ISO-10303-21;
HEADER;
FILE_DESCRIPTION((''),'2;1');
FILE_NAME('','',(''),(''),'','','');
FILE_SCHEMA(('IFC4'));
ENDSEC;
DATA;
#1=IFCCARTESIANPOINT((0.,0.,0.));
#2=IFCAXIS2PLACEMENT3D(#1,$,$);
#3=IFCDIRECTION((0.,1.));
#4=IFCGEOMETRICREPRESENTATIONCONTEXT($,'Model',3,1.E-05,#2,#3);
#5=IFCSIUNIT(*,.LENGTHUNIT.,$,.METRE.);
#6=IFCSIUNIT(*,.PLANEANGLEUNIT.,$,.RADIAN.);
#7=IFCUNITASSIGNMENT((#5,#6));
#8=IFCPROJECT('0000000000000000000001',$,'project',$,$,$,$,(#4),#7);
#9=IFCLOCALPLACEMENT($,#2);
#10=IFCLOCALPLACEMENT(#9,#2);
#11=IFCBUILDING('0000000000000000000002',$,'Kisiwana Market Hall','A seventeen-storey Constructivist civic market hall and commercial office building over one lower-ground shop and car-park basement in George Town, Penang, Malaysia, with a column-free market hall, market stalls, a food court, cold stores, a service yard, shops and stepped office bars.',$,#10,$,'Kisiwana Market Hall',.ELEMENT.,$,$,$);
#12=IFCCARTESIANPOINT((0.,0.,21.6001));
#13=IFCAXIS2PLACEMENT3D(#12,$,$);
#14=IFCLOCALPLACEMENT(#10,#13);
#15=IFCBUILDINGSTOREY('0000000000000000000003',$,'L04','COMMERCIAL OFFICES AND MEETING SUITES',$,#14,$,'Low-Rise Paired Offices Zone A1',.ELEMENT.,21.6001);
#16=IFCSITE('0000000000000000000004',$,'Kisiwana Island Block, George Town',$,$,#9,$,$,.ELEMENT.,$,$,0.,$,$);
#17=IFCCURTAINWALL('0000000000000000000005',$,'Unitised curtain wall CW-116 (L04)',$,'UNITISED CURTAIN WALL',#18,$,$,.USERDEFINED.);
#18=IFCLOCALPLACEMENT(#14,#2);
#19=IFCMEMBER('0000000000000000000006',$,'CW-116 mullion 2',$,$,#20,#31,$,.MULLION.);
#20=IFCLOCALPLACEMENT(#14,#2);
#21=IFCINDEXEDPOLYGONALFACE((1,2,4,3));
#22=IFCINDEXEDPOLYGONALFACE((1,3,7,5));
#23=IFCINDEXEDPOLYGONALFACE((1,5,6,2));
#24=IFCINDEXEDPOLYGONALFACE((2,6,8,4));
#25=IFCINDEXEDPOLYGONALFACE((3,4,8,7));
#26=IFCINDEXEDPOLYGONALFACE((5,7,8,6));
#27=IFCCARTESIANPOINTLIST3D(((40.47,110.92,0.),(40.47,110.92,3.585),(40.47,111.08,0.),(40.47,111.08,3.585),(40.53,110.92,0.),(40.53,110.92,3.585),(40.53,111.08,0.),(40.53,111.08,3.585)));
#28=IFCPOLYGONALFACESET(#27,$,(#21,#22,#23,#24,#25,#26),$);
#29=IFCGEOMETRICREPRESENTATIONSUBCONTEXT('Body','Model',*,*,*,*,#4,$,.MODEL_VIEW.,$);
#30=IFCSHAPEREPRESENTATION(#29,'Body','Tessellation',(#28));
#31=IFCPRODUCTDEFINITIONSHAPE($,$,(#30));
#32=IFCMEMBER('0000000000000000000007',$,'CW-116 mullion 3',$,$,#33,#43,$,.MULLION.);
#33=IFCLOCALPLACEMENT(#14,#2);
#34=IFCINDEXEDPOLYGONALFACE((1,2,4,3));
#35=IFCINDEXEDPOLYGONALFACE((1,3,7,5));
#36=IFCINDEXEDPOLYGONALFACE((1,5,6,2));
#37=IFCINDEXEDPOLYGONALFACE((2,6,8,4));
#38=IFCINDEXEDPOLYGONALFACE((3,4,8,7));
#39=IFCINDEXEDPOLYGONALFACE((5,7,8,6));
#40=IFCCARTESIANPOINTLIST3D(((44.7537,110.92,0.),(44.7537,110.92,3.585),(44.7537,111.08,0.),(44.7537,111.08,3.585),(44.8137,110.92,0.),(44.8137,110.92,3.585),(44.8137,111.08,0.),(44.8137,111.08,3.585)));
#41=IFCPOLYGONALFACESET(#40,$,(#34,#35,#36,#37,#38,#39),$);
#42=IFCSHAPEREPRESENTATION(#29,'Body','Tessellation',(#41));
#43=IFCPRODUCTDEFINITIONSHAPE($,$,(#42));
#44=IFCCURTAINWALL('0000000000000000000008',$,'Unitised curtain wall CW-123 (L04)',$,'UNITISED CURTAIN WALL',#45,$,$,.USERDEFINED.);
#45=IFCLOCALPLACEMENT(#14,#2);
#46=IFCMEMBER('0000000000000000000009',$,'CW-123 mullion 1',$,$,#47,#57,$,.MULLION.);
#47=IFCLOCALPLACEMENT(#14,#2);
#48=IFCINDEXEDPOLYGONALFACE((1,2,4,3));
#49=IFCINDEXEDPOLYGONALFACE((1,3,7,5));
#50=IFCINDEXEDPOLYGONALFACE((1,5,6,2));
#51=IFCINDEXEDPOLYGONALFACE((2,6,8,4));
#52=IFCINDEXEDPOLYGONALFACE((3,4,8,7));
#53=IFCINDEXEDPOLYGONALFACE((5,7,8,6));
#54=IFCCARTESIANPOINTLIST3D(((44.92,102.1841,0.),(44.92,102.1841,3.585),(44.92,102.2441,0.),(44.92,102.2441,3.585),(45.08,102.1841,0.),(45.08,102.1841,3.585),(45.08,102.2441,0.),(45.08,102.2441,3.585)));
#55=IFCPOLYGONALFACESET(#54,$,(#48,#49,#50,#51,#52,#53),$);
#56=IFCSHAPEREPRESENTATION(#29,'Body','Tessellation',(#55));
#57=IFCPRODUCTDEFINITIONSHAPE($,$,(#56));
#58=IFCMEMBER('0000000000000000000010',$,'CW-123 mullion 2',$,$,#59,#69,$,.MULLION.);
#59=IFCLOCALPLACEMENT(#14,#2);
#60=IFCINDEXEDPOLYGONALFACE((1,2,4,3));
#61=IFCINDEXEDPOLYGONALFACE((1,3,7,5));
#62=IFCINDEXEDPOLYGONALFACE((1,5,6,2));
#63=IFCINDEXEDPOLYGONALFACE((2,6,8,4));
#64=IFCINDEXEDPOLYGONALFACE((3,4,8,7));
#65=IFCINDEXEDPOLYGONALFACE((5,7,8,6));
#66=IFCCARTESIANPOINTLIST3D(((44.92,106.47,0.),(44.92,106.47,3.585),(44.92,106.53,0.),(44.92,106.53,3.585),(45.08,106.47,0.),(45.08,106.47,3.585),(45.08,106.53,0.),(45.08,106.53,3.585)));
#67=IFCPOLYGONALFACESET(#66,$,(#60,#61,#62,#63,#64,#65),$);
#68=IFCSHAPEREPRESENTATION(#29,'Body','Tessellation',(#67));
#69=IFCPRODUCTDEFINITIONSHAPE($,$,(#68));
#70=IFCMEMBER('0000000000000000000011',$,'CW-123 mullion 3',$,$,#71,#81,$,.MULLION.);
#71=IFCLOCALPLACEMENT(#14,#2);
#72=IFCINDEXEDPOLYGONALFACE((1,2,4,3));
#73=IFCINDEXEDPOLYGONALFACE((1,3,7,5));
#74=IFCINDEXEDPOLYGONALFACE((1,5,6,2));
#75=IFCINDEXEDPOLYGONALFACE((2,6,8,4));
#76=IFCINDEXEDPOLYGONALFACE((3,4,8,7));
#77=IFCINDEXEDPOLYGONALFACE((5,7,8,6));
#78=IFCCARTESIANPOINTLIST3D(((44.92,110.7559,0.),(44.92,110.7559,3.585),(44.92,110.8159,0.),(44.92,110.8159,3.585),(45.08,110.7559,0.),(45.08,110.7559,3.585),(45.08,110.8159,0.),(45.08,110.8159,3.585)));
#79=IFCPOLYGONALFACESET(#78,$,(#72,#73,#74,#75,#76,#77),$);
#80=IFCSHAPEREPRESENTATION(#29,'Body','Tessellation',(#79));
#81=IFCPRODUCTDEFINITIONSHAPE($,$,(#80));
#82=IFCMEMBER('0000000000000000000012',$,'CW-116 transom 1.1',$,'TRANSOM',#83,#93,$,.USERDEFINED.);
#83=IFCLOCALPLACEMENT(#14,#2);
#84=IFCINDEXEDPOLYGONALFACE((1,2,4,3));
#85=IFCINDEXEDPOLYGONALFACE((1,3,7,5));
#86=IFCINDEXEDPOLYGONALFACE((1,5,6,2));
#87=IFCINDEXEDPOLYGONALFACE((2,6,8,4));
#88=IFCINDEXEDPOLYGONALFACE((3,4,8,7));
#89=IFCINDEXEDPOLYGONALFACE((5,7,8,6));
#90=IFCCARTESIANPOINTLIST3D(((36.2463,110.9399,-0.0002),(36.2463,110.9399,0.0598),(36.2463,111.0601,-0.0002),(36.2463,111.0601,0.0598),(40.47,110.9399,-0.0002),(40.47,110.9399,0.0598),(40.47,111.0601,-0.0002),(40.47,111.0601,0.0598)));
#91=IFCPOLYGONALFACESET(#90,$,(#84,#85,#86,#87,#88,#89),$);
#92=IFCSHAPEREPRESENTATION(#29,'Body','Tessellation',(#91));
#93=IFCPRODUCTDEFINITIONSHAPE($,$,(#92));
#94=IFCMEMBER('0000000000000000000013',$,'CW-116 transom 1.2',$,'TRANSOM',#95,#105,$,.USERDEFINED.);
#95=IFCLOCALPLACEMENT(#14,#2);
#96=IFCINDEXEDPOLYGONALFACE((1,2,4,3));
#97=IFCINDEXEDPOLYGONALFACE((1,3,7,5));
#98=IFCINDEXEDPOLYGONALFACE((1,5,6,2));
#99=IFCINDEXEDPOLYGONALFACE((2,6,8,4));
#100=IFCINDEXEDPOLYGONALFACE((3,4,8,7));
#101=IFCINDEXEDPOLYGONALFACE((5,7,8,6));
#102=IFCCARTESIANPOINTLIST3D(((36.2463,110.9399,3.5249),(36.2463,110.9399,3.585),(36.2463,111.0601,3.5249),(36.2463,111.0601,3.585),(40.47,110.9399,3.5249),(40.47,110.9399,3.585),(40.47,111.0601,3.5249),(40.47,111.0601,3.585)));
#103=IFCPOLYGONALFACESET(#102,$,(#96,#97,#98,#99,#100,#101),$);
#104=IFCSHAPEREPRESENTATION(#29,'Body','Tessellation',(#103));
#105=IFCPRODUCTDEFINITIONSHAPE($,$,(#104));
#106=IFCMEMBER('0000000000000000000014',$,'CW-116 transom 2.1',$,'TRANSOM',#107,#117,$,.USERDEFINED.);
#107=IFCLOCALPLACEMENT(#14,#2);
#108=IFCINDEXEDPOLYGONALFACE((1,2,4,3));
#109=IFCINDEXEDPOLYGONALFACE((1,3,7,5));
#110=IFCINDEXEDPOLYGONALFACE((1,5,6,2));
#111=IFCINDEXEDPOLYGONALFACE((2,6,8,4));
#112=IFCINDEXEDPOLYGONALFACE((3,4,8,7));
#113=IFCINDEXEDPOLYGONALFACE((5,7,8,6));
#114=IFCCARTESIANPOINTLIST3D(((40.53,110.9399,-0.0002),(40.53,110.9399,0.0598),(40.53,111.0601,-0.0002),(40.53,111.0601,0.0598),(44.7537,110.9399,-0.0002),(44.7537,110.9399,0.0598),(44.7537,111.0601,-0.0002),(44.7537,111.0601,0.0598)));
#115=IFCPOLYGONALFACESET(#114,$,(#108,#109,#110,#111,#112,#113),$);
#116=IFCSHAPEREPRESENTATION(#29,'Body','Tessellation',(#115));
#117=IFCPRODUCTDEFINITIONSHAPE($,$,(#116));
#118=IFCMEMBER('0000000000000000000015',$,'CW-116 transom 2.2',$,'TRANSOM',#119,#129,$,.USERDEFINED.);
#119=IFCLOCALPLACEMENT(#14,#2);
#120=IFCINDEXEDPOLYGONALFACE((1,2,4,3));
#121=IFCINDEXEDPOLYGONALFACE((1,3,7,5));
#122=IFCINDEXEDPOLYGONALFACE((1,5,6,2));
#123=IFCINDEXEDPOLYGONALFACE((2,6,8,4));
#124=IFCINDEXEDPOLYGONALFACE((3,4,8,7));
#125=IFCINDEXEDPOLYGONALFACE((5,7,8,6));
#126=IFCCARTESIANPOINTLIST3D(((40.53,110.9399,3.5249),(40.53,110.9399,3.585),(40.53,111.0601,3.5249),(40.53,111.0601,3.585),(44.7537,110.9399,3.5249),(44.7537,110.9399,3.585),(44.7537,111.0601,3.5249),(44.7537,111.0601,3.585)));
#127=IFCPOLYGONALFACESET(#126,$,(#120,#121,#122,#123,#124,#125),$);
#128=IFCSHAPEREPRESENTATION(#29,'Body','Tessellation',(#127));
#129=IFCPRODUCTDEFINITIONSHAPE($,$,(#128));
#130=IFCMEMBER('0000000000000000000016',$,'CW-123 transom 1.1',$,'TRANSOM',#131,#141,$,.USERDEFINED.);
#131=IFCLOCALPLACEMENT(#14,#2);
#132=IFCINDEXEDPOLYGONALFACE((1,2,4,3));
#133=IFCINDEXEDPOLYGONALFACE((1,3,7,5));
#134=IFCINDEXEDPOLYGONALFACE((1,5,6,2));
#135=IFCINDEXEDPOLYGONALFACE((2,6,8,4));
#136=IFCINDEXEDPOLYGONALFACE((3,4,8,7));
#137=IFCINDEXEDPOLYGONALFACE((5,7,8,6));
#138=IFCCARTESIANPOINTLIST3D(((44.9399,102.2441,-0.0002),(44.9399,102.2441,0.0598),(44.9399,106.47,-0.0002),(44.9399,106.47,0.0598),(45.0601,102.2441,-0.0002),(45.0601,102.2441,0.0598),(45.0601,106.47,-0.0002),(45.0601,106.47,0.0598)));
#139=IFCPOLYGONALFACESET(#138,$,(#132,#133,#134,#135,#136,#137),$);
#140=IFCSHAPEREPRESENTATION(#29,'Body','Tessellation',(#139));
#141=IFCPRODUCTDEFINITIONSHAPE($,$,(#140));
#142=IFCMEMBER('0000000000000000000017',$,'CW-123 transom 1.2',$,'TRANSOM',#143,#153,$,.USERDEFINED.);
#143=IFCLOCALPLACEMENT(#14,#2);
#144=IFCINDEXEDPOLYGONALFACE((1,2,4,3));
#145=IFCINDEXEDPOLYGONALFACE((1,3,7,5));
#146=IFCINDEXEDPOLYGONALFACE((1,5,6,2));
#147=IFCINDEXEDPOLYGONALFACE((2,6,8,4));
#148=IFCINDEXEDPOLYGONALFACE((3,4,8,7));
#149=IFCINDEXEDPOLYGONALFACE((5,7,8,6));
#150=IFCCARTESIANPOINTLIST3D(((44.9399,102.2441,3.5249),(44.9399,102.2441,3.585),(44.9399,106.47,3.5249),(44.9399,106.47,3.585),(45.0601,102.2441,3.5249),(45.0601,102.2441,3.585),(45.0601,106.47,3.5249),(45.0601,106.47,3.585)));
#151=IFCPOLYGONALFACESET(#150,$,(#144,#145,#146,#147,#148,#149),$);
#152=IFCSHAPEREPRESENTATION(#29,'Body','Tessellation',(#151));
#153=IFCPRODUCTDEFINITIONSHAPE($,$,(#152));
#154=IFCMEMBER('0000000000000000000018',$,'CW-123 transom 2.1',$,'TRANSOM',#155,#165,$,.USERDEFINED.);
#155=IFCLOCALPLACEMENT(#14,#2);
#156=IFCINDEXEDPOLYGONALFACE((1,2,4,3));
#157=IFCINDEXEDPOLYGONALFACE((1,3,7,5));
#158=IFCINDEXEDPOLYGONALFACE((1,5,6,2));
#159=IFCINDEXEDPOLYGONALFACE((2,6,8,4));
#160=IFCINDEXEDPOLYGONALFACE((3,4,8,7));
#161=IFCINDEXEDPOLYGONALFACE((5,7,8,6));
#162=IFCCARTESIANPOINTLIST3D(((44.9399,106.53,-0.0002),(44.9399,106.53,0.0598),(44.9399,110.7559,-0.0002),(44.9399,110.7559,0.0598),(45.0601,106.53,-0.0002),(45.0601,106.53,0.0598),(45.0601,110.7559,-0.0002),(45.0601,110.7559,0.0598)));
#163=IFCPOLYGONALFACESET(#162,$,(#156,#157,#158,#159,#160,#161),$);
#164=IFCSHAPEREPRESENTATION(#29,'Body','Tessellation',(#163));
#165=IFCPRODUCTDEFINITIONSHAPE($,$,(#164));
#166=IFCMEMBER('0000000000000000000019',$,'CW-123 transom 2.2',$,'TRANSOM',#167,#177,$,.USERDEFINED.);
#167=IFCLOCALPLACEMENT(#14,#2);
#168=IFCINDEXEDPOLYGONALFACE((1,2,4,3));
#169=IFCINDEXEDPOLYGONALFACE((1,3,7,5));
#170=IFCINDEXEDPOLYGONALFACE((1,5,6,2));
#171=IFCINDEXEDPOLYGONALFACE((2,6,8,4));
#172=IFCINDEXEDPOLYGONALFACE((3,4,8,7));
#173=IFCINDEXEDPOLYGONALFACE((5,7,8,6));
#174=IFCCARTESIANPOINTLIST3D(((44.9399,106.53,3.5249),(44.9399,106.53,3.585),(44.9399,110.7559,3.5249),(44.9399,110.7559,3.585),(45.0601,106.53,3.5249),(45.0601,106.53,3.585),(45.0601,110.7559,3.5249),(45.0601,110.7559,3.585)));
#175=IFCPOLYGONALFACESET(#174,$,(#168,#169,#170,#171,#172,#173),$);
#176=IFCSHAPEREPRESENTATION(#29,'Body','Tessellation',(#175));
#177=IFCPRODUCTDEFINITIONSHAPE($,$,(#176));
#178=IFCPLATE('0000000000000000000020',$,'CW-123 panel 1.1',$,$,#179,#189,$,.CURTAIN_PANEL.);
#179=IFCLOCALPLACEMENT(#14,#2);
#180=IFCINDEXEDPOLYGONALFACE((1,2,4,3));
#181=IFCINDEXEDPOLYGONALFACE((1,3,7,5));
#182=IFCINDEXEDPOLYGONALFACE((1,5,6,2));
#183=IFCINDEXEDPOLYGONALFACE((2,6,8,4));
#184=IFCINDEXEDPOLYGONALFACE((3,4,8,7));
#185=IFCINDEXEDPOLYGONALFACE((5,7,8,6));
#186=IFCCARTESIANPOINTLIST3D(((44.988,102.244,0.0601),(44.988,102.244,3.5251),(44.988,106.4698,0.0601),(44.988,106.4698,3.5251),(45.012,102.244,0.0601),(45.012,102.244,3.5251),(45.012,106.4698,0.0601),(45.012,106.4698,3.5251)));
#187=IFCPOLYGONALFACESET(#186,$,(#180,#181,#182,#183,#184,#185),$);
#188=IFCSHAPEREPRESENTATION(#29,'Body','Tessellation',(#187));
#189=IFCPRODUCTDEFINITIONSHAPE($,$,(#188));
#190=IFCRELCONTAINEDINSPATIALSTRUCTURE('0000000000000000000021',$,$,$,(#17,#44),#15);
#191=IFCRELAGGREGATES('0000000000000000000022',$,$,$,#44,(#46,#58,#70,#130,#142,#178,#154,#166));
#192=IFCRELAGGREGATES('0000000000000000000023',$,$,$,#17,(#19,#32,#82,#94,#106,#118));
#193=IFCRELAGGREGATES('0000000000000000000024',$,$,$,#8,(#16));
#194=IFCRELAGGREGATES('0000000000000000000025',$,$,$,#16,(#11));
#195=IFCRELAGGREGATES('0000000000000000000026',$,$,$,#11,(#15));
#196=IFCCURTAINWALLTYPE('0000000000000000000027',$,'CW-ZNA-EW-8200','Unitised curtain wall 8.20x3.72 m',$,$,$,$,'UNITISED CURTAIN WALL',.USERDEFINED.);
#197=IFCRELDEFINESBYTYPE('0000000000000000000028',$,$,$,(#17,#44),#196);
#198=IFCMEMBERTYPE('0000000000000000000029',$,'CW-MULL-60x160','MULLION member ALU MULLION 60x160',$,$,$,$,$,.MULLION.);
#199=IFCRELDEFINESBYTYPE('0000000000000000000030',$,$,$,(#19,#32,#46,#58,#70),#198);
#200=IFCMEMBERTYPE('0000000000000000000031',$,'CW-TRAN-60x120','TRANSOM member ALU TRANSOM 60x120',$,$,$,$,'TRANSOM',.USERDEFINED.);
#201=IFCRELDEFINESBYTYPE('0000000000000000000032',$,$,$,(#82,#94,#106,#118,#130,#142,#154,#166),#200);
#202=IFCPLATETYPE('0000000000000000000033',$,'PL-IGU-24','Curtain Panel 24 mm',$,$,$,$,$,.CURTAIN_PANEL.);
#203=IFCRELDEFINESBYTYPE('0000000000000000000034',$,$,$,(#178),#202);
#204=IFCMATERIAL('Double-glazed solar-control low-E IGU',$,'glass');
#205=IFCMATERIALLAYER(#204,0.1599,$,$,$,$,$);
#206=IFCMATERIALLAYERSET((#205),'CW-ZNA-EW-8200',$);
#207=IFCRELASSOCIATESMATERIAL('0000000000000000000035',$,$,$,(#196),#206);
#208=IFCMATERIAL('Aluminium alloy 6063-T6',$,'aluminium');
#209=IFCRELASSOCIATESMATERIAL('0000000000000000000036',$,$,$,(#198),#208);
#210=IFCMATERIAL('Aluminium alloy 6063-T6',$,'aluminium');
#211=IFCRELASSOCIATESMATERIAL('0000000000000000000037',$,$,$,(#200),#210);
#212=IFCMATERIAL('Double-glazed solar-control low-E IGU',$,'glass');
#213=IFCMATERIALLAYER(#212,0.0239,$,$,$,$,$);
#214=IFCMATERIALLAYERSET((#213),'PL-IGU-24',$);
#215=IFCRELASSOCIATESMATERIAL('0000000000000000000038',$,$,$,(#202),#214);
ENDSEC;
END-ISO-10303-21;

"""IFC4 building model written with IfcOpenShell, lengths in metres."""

from ifc_helpers import new_model, si_unit, direction, frame, origin, origin_2d, place, context, subcontext, project, spatial, rectangle, extrude, material, layer, layer_set, material_profile, profile_set, type_object, element, aggregate, save


model = new_model("IFC4")

# Units and contexts
model_context = context("Model", 3, precision=1e-05, world=origin(), true_north=direction((0.0, 1.0)))
body_context = subcontext(model_context, "Body", "Model", "MODEL_VIEW")
ifc_project = project(units=[si_unit("LENGTHUNIT", "METRE"), si_unit("PLANEANGLEUNIT", "RADIAN")], contexts=[model_context])

# Site, building, storey
site_placement = place(None, origin())
site = spatial("IfcSite", under=ifc_project, at=site_placement, Name="Kisiwana Island Block, George Town", CompositionType="ELEMENT", RefElevation=0.0)
building_placement = place(site_placement, origin())
building = spatial("IfcBuilding", under=site, at=building_placement, Name="Kisiwana Market Hall", Description="A seventeen-storey Constructivist civic market hall and commercial office building over one lower-ground shop and car-park basement in George Town, Penang, Malaysia, with a column-free market hall, market stalls, a food court, cold stores, a service yard, shops and stepped office bars.", LongName="Kisiwana Market Hall", CompositionType="ELEMENT")
storey_placement = place(building_placement, frame((0.0, 0.0, 21.6001)))
storey = spatial("IfcBuildingStorey", under=building, at=storey_placement, Name="L04", Description="COMMERCIAL OFFICES AND MEETING SUITES", LongName="Low-Rise Paired Offices Zone A1", CompositionType="ELEMENT", Elevation=21.6001)

# Shared definitions
ifc_material_1 = material(Name="Double-glazed solar-control low-E IGU", Category="glass")
ifc_layer_1 = layer(ifc_material_1, 0.1599)
ifc_layer_set_1 = layer_set([ifc_layer_1], Name="CW-ZNA-EW-8200")
curtain_wall_type = type_object("IfcCurtainWallType", Name="CW-ZNA-EW-8200", Description="Unitised curtain wall 8.20x3.72 m", ElementType="UNITISED CURTAIN WALL", PredefinedType="USERDEFINED", material=ifc_layer_set_1)
ifc_material_2 = material(Name="Aluminium alloy 6063-T6", Category="aluminium")
ifc_material_profile_1 = material_profile(ifc_material_2, rectangle(XDim=0.0601, YDim=0.1599, at=origin_2d()), Name="ALU MULLION 60x160")
ifc_profile_set_1 = profile_set([ifc_material_profile_1], Name="Aluminium alloy 6063-T6")
member_type_1 = type_object("IfcMemberType", Name="CW-MULL-60x160", Description="MULLION member ALU MULLION 60x160", PredefinedType="MULLION", material=ifc_profile_set_1)

# Curtain walls, members
curtain_wall_1_placement = place(storey_placement, origin())
curtain_wall_1 = element("IfcCurtainWall", 1, at=curtain_wall_1_placement, inside=storey, type_object=curtain_wall_type, Name="Unitised curtain wall CW-116 (L04)", ObjectType="UNITISED CURTAIN WALL", PredefinedType="USERDEFINED")
member_1_placement = place(storey_placement, frame((40.5, 111.0, 0.0), z_axis=(0.0, 0.0, 1.0), x_axis=(1.0, 0.0, 0.0)))
member_1 = element("IfcMember", 2, at=member_1_placement, type_object=member_type_1, Name="CW-116 mullion 2", PredefinedType="MULLION", context=body_context, shape_type="SweptSolid", body=[
    extrude(rectangle(XDim=0.0601, YDim=0.1599, at=origin_2d()), origin(), (0.0, 0.0, 1.0), 3.585),
])
member_2_placement = place(storey_placement, frame((44.7837, 111.0, 0.0), z_axis=(0.0, 0.0, 1.0), x_axis=(1.0, 0.0, 0.0)))
member_2 = element("IfcMember", 3, at=member_2_placement, type_object=member_type_1, Name="CW-116 mullion 3", PredefinedType="MULLION", context=body_context, shape_type="SweptSolid", body=[
    extrude(rectangle(XDim=0.0601, YDim=0.1599, at=origin_2d()), origin(), (0.0, 0.0, 1.0), 3.585),
])
curtain_wall_2_placement = place(storey_placement, origin())
curtain_wall_2 = element("IfcCurtainWall", 4, at=curtain_wall_2_placement, inside=storey, type_object=curtain_wall_type, Name="Unitised curtain wall CW-123 (L04)", ObjectType="UNITISED CURTAIN WALL", PredefinedType="USERDEFINED")
member_3_placement = place(storey_placement, frame((45.0, 102.2141, 0.0), z_axis=(0.0, 0.0, 1.0), x_axis=(0.0, 1.0, 0.0)))
member_3 = element("IfcMember", 5, at=member_3_placement, type_object=member_type_1, Name="CW-123 mullion 1", PredefinedType="MULLION", context=body_context, shape_type="SweptSolid", body=[
    extrude(rectangle(XDim=0.0601, YDim=0.1599, at=origin_2d()), origin(), (0.0, 0.0, 1.0), 3.585),
])
member_4_placement = place(storey_placement, frame((45.0, 106.5, 0.0), z_axis=(0.0, 0.0, 1.0), x_axis=(0.0, 1.0, 0.0)))
member_4 = element("IfcMember", 6, at=member_4_placement, type_object=member_type_1, Name="CW-123 mullion 2", PredefinedType="MULLION", context=body_context, shape_type="SweptSolid", body=[
    extrude(rectangle(XDim=0.0601, YDim=0.1599, at=origin_2d()), origin(), (0.0, 0.0, 1.0), 3.585),
])
member_5_placement = place(storey_placement, frame((45.0, 110.7859, 0.0), z_axis=(0.0, 0.0, 1.0), x_axis=(0.0, 1.0, 0.0)))
member_5 = element("IfcMember", 7, at=member_5_placement, type_object=member_type_1, Name="CW-123 mullion 3", PredefinedType="MULLION", context=body_context, shape_type="SweptSolid", body=[
    extrude(rectangle(XDim=0.0601, YDim=0.1599, at=origin_2d()), origin(), (0.0, 0.0, 1.0), 3.585),
])

# Members
ifc_material_3 = material(Name="Aluminium alloy 6063-T6", Category="aluminium")
ifc_material_profile_2 = material_profile(ifc_material_3, rectangle(XDim=0.1201, YDim=0.0601, at=origin_2d()), Name="ALU TRANSOM 60x120")
ifc_profile_set_2 = profile_set([ifc_material_profile_2], Name="Aluminium alloy 6063-T6")
member_type_2 = type_object("IfcMemberType", Name="CW-TRAN-60x120", Description="TRANSOM member ALU TRANSOM 60x120", ElementType="TRANSOM", PredefinedType="USERDEFINED", material=ifc_profile_set_2)
member_6_placement = place(storey_placement, frame((36.2463, 111.0, 0.0298), z_axis=(1.0, 0.0, 0.0), x_axis=(0.0, 1.0, 0.0)))
member_6 = element("IfcMember", 8, at=member_6_placement, type_object=member_type_2, Name="CW-116 transom 1.1", ObjectType="TRANSOM", PredefinedType="USERDEFINED", context=body_context, shape_type="SweptSolid", body=[
    extrude(rectangle(XDim=0.1201, YDim=0.0601, at=origin_2d()), origin(), (0.0, 0.0, 1.0), 4.2236),
])
member_7_placement = place(storey_placement, frame((36.2463, 111.0, 3.5549), z_axis=(1.0, 0.0, 0.0), x_axis=(0.0, 1.0, 0.0)))
member_7 = element("IfcMember", 9, at=member_7_placement, type_object=member_type_2, Name="CW-116 transom 1.2", ObjectType="TRANSOM", PredefinedType="USERDEFINED", context=body_context, shape_type="SweptSolid", body=[
    extrude(rectangle(XDim=0.1201, YDim=0.0601, at=origin_2d()), origin(), (0.0, 0.0, 1.0), 4.2236),
])
member_8_placement = place(storey_placement, frame((40.53, 111.0, 0.0298), z_axis=(1.0, 0.0, 0.0), x_axis=(0.0, 1.0, 0.0)))
member_8 = element("IfcMember", 10, at=member_8_placement, type_object=member_type_2, Name="CW-116 transom 2.1", ObjectType="TRANSOM", PredefinedType="USERDEFINED", context=body_context, shape_type="SweptSolid", body=[
    extrude(rectangle(XDim=0.1201, YDim=0.0601, at=origin_2d()), origin(), (0.0, 0.0, 1.0), 4.2236),
])
member_9_placement = place(storey_placement, frame((40.53, 111.0, 3.5549), z_axis=(1.0, 0.0, 0.0), x_axis=(0.0, 1.0, 0.0)))
member_9 = element("IfcMember", 11, at=member_9_placement, type_object=member_type_2, Name="CW-116 transom 2.2", ObjectType="TRANSOM", PredefinedType="USERDEFINED", context=body_context, shape_type="SweptSolid", body=[
    extrude(rectangle(XDim=0.1201, YDim=0.0601, at=origin_2d()), origin(), (0.0, 0.0, 1.0), 4.2236),
])
member_10_placement = place(storey_placement, frame((45.0, 102.2441, 0.0298), z_axis=(0.0, 1.0, 0.0), x_axis=(-1.0, 0.0, 0.0)))
member_10 = element("IfcMember", 12, at=member_10_placement, type_object=member_type_2, Name="CW-123 transom 1.1", ObjectType="TRANSOM", PredefinedType="USERDEFINED", context=body_context, shape_type="SweptSolid", body=[
    extrude(rectangle(XDim=0.1201, YDim=0.0601, at=origin_2d()), origin(), (0.0, 0.0, 1.0), 4.2258),
])
member_11_placement = place(storey_placement, frame((45.0, 102.2441, 3.5549), z_axis=(0.0, 1.0, 0.0), x_axis=(-1.0, 0.0, 0.0)))
member_11 = element("IfcMember", 13, at=member_11_placement, type_object=member_type_2, Name="CW-123 transom 1.2", ObjectType="TRANSOM", PredefinedType="USERDEFINED", context=body_context, shape_type="SweptSolid", body=[
    extrude(rectangle(XDim=0.1201, YDim=0.0601, at=origin_2d()), origin(), (0.0, 0.0, 1.0), 4.2258),
])
member_12_placement = place(storey_placement, frame((45.0, 106.53, 0.0298), z_axis=(0.0, 1.0, 0.0), x_axis=(-1.0, 0.0, 0.0)))
member_12 = element("IfcMember", 14, at=member_12_placement, type_object=member_type_2, Name="CW-123 transom 2.1", ObjectType="TRANSOM", PredefinedType="USERDEFINED", context=body_context, shape_type="SweptSolid", body=[
    extrude(rectangle(XDim=0.1201, YDim=0.0601, at=origin_2d()), origin(), (0.0, 0.0, 1.0), 4.2258),
])
member_13_placement = place(storey_placement, frame((45.0, 106.53, 3.5549), z_axis=(0.0, 1.0, 0.0), x_axis=(-1.0, 0.0, 0.0)))
member_13 = element("IfcMember", 15, at=member_13_placement, type_object=member_type_2, Name="CW-123 transom 2.2", ObjectType="TRANSOM", PredefinedType="USERDEFINED", context=body_context, shape_type="SweptSolid", body=[
    extrude(rectangle(XDim=0.1201, YDim=0.0601, at=origin_2d()), origin(), (0.0, 0.0, 1.0), 4.2258),
])

# Plate
ifc_material_4 = material(Name="Double-glazed solar-control low-E IGU", Category="glass")
ifc_layer_2 = layer(ifc_material_4, 0.0239)
ifc_layer_set_2 = layer_set([ifc_layer_2], Name="PL-IGU-24")
plate_type_1 = type_object("IfcPlateType", Name="PL-IGU-24", Description="Curtain Panel 24 mm", PredefinedType="CURTAIN_PANEL", material=ifc_layer_set_2)
plate_1_placement = place(storey_placement, frame((45.0, 104.3569, 0.0601), z_axis=(0.0, 0.0, 1.0), x_axis=(0.0, 1.0, 0.0)))
plate_1 = element("IfcPlate", 16, at=plate_1_placement, type_object=plate_type_1, Name="CW-123 panel 1.1", PredefinedType="CURTAIN_PANEL", context=body_context, shape_type="SweptSolid", body=[
    extrude(rectangle(XDim=4.2258, YDim=0.0239, at=origin_2d()), origin(), (0.0, 0.0, 1.0), 3.4651),
])
aggregate(curtain_wall_2, [member_3, member_4, member_5, member_10, member_11, plate_1, member_12, member_13])
aggregate(curtain_wall_1, [member_1, member_2, member_6, member_7, member_8, member_9])

save(model, "model.ifc")
